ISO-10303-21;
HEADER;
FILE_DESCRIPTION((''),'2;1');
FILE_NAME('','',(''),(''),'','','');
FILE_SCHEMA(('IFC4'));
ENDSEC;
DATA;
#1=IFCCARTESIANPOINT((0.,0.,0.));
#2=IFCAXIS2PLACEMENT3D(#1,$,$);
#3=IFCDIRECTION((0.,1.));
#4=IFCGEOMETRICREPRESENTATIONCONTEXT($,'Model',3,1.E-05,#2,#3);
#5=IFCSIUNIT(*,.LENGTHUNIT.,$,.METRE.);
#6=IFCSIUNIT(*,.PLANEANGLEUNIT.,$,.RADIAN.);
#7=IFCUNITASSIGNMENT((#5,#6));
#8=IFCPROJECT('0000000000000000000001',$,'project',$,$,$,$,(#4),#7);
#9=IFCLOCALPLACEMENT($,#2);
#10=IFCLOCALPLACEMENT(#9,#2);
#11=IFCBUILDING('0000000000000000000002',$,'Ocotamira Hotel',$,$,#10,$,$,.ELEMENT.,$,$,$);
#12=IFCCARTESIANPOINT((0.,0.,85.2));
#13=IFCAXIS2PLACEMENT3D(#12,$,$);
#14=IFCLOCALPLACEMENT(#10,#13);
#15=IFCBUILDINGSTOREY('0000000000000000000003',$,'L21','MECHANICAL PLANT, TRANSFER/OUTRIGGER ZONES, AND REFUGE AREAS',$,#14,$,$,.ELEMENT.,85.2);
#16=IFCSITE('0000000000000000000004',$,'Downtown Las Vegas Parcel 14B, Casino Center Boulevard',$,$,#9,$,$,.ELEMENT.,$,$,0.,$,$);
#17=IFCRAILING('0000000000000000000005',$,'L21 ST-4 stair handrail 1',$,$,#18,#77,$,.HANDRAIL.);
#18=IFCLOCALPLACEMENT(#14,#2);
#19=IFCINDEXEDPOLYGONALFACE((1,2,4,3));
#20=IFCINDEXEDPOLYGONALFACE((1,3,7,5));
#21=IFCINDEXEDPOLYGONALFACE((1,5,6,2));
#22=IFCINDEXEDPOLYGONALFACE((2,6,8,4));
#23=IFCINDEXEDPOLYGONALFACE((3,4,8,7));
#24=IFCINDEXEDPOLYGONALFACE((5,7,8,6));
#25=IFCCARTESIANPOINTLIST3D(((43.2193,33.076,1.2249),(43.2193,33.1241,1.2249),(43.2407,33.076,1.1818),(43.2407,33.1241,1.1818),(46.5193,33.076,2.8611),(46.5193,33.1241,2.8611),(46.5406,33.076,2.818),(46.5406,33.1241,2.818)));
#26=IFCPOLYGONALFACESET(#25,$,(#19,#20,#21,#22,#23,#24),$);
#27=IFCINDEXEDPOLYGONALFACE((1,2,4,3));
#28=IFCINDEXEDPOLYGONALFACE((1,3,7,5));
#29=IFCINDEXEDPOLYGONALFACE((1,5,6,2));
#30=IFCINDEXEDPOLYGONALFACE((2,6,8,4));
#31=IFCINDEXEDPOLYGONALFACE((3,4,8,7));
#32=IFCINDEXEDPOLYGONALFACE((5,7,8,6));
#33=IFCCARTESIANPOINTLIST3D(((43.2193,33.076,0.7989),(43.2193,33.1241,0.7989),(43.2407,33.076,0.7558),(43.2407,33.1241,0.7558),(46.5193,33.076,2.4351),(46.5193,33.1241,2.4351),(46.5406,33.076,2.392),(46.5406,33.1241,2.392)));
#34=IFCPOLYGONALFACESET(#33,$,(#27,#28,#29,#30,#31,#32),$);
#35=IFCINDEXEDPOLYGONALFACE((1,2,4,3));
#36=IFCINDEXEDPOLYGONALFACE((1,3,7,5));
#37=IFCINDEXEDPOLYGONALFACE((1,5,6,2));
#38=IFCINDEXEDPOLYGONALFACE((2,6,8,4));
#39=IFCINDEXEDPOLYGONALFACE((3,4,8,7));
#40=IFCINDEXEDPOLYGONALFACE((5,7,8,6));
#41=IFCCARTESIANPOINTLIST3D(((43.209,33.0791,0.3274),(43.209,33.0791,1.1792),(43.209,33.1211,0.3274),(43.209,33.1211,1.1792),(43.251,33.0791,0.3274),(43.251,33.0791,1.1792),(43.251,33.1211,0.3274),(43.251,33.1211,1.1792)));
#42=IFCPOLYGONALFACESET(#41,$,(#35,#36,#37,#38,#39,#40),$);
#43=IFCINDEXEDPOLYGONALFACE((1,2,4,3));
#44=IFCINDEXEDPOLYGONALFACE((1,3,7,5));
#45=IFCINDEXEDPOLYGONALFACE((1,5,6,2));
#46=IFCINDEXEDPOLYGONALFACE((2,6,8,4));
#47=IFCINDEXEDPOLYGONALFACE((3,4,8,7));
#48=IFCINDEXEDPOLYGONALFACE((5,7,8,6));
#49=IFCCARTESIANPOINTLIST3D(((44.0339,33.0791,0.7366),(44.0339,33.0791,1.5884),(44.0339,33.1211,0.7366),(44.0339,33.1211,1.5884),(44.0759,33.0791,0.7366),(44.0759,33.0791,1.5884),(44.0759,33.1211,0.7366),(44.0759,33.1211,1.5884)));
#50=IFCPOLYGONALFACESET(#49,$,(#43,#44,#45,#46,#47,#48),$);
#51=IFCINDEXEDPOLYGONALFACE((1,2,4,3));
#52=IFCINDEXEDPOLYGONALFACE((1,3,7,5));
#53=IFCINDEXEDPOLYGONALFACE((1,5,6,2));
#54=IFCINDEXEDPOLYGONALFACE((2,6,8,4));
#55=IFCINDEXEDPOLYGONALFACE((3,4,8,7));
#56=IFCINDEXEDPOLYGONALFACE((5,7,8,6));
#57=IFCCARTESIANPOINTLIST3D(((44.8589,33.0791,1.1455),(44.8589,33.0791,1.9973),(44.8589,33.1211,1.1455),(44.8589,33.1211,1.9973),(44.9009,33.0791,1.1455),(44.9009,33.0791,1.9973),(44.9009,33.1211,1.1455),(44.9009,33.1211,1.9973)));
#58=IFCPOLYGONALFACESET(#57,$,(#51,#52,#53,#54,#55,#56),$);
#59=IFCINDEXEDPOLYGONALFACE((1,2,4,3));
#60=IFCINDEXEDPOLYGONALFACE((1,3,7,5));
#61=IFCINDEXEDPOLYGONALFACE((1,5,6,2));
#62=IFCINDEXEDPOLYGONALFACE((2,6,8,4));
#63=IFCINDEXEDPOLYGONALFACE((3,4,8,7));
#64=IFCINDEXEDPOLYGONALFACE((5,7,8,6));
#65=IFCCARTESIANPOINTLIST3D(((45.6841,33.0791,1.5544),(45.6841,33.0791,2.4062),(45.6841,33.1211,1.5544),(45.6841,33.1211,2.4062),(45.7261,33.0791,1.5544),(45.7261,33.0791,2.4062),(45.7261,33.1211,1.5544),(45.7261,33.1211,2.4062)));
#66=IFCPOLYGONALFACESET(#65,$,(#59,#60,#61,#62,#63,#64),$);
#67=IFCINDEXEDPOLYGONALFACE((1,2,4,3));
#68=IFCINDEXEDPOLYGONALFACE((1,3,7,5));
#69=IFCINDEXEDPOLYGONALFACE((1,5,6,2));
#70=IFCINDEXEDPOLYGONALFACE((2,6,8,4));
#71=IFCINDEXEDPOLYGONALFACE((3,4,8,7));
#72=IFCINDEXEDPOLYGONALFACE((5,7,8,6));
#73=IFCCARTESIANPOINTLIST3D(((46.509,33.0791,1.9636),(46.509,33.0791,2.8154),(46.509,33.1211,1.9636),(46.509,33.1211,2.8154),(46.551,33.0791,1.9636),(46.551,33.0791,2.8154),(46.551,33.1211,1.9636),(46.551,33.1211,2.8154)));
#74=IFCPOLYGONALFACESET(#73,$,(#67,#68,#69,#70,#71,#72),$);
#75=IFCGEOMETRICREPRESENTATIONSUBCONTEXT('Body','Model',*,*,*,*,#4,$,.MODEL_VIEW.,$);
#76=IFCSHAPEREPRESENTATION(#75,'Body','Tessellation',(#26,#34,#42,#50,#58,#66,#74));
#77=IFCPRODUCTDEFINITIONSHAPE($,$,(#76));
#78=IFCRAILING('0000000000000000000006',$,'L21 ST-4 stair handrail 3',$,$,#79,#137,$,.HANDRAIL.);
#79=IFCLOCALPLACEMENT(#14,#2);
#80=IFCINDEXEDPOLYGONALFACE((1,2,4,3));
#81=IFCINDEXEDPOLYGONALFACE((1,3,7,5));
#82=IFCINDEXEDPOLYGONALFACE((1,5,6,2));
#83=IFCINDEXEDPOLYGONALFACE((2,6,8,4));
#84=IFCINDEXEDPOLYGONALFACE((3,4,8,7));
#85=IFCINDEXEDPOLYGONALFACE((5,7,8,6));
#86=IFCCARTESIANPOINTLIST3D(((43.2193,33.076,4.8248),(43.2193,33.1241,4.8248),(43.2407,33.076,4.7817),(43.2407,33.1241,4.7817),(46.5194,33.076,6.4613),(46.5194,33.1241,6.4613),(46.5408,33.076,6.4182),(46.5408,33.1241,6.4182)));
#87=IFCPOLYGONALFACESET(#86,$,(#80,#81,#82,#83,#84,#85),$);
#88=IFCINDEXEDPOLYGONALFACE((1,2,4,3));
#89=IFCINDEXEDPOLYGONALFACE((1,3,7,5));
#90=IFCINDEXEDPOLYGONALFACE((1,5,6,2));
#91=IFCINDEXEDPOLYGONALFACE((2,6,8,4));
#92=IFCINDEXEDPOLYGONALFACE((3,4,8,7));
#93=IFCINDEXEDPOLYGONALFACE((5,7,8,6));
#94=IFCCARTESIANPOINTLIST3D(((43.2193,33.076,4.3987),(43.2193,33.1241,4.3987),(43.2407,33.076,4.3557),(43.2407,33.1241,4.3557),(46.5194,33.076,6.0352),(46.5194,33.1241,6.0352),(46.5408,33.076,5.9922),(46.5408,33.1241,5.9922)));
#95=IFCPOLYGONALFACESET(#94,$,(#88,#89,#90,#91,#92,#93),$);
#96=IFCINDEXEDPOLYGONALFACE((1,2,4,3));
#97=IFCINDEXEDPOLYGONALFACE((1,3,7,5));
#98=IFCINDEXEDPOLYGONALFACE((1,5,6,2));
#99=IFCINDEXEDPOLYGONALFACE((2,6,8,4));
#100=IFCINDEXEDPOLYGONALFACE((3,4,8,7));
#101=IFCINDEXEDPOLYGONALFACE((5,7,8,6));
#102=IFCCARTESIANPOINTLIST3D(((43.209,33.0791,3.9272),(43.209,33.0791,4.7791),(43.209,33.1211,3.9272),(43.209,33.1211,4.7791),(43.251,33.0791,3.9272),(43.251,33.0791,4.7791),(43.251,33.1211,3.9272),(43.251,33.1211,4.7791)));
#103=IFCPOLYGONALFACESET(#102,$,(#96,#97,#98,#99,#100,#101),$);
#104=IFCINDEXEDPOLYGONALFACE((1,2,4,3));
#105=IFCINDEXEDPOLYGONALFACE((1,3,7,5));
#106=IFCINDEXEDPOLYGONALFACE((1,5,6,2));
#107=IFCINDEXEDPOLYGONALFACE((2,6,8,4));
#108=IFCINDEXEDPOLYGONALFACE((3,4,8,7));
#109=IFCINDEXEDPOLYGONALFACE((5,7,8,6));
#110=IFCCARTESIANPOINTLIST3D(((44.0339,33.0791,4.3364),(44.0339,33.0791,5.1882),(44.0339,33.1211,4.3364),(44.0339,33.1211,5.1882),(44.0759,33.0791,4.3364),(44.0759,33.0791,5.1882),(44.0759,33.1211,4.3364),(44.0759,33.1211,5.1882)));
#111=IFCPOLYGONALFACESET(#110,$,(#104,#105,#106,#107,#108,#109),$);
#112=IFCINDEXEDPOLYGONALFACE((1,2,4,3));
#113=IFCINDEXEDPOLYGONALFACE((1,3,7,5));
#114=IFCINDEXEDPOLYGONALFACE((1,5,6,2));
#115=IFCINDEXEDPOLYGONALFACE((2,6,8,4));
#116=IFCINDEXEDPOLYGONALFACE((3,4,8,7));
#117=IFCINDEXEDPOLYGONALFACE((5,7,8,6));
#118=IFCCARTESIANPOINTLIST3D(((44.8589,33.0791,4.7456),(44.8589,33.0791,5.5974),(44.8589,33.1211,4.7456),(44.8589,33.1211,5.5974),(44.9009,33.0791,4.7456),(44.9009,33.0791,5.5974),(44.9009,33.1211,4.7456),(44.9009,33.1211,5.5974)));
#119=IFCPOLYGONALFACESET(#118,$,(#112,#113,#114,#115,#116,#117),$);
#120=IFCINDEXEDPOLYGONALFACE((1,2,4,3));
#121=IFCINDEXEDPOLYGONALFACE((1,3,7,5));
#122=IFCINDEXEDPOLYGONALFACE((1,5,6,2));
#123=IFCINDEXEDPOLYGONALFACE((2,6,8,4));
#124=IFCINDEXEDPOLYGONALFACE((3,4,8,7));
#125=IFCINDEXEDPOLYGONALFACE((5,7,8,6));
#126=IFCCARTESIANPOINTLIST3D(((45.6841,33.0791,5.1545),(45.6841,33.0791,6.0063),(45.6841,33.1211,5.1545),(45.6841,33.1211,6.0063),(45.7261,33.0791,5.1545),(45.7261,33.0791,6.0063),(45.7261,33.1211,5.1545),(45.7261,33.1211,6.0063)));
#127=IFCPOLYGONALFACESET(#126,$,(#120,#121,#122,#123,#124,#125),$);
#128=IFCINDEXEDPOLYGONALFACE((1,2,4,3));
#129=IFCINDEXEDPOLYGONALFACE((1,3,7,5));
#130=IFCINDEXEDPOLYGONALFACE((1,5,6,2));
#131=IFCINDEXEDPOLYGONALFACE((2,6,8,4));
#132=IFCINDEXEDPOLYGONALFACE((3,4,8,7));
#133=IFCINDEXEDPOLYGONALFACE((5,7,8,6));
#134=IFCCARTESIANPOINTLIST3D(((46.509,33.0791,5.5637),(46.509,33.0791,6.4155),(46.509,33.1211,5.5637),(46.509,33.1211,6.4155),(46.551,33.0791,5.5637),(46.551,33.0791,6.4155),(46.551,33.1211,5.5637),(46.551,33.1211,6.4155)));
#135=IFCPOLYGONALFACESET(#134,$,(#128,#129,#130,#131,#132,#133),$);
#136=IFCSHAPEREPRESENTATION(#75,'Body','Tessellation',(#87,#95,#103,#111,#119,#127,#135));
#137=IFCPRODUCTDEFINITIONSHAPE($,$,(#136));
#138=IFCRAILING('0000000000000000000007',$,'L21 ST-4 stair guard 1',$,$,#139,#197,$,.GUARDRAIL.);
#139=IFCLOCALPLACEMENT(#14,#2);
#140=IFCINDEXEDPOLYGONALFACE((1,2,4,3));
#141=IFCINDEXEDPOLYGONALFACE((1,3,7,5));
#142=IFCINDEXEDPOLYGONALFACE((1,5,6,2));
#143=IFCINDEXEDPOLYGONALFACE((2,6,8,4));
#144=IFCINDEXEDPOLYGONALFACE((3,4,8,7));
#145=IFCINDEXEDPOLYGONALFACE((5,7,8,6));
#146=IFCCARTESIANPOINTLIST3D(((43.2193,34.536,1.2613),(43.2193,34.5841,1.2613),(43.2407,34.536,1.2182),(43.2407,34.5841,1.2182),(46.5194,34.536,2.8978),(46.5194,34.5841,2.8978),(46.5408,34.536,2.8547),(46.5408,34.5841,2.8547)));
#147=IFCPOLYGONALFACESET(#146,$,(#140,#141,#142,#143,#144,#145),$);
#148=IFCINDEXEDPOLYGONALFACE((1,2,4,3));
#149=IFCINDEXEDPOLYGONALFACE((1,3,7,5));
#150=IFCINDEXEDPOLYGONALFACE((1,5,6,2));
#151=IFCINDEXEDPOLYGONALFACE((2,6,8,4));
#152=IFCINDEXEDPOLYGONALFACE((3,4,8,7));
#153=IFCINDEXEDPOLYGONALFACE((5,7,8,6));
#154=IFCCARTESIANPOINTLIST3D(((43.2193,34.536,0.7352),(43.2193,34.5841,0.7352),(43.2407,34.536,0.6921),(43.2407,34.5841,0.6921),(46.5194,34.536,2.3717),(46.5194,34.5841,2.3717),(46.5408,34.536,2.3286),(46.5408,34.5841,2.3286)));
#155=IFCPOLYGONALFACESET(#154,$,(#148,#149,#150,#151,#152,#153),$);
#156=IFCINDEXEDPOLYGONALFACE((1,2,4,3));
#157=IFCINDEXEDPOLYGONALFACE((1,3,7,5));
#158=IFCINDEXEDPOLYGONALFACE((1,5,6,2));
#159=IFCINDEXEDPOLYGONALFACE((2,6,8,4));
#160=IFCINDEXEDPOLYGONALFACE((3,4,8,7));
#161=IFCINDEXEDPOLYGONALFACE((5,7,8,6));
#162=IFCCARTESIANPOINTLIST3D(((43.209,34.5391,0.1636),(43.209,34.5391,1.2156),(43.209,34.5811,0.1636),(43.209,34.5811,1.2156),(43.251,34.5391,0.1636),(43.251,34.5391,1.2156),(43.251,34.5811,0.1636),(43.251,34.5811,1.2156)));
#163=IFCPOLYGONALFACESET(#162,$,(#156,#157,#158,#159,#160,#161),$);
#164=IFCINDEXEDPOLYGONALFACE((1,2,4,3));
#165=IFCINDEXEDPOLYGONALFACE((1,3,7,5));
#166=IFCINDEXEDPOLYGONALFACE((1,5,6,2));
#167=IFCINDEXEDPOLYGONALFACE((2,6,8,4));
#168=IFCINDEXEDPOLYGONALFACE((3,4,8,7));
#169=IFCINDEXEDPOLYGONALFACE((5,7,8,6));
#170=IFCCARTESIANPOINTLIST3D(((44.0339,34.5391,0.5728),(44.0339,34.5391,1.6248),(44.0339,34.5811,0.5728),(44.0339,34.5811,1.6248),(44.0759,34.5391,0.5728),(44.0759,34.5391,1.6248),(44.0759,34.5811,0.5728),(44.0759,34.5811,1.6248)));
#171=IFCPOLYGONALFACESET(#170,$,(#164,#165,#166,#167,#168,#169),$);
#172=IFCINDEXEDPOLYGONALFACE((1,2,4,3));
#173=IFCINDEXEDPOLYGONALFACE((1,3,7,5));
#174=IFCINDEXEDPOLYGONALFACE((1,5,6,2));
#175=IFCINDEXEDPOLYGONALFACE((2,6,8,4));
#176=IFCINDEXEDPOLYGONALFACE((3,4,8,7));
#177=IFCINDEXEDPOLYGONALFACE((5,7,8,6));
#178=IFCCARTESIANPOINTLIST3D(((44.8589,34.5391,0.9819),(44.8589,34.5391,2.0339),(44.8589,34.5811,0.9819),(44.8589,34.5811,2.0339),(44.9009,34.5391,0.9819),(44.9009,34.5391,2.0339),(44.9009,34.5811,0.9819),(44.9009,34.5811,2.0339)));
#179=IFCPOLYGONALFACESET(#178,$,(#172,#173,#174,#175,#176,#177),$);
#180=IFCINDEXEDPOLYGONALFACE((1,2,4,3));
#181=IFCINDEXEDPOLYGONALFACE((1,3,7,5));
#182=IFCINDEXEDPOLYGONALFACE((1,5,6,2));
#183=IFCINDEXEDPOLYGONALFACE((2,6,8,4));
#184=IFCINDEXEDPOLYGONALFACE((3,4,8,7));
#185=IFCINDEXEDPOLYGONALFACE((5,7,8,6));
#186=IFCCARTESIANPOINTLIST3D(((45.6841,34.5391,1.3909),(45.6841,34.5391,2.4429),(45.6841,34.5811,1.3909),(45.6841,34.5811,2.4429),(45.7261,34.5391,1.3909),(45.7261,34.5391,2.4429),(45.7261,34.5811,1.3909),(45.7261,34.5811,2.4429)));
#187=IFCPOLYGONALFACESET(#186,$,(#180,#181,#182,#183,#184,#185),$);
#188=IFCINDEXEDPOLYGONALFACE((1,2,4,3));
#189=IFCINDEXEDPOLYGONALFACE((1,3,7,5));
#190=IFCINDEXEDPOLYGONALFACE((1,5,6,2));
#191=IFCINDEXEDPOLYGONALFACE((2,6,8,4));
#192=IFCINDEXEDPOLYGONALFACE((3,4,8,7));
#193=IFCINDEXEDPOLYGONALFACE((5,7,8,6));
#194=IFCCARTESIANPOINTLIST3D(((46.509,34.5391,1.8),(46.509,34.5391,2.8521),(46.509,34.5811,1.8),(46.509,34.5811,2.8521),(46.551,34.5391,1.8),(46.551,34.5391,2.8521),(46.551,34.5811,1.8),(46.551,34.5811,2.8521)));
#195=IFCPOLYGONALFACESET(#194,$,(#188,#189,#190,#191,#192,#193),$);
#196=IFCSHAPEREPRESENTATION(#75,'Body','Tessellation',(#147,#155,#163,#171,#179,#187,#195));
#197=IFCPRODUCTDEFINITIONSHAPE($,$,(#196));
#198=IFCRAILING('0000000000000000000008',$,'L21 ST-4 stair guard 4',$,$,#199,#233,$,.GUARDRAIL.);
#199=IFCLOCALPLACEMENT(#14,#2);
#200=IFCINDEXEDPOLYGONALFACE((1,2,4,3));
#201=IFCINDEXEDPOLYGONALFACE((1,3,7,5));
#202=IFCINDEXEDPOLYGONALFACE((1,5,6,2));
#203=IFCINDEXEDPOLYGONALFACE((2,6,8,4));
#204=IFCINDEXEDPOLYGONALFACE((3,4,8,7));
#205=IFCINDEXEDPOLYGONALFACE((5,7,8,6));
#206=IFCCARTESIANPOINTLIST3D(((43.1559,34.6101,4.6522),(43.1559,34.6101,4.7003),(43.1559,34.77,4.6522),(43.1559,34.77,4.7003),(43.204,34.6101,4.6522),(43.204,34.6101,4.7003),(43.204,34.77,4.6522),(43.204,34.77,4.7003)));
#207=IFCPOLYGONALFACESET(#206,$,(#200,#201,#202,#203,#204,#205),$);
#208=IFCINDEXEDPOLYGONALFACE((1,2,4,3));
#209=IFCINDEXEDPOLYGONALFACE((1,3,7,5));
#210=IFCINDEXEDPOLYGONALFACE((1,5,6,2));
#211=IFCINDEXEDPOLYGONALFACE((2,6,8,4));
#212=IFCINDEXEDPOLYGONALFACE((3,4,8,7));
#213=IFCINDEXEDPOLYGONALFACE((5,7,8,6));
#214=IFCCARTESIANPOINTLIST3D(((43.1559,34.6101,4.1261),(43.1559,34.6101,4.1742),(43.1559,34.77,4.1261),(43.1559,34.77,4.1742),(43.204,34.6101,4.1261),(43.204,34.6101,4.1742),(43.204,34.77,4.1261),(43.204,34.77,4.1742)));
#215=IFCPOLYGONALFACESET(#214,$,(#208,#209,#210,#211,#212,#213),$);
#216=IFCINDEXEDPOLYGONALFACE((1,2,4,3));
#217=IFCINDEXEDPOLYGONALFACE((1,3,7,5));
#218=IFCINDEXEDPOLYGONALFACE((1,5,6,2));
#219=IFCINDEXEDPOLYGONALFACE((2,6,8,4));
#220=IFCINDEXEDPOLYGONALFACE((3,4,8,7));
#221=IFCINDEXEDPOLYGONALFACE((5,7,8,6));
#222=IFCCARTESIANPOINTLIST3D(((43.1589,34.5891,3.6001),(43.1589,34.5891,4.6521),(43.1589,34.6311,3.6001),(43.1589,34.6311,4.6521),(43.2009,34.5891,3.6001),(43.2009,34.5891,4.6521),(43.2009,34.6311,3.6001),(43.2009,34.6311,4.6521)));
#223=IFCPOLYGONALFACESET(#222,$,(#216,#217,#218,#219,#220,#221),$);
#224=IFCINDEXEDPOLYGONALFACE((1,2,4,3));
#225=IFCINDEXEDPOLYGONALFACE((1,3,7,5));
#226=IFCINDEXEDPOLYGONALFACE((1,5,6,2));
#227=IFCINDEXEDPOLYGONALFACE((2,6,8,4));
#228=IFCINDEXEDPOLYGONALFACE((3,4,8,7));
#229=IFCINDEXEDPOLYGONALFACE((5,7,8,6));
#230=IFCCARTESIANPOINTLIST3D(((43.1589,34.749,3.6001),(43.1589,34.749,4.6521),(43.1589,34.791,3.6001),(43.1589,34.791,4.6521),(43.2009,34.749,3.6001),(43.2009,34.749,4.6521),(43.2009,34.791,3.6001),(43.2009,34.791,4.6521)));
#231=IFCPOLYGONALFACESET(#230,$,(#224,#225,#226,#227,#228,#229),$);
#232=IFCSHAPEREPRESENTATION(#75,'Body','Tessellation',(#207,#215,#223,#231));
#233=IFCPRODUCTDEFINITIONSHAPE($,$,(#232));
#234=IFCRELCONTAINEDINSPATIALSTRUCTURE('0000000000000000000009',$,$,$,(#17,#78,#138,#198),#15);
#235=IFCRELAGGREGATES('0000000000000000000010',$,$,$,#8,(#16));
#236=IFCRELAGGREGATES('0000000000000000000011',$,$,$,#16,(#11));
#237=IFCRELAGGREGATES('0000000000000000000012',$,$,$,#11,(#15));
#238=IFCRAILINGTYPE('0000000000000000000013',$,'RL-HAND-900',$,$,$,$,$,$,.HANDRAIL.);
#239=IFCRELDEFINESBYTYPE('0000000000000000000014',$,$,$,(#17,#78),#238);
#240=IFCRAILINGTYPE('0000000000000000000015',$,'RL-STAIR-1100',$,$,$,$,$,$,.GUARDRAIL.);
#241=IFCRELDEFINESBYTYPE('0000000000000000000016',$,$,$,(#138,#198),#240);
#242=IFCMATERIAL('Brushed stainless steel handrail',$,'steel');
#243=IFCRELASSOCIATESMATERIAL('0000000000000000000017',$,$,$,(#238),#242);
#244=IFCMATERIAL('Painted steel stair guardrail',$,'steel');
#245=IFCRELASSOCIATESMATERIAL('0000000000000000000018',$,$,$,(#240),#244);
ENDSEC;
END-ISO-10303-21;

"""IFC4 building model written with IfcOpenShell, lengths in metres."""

from ifc_helpers import new_model, si_unit, direction, frame, origin, origin_2d, place, context, subcontext, project, spatial, rectangle, extrude, material, type_object, element, save


model = new_model("IFC4")

# Units and contexts
model_context = context("Model", 3, precision=1e-05, world=origin(), true_north=direction((0.0, 1.0)))
body_context = subcontext(model_context, "Body", "Model", "MODEL_VIEW")
ifc_project = project(units=[si_unit("LENGTHUNIT", "METRE"), si_unit("PLANEANGLEUNIT", "RADIAN")], contexts=[model_context])

# Site, building, storey
site_placement = place(None, origin())
site = spatial("IfcSite", under=ifc_project, at=site_placement, Name="Downtown Las Vegas Parcel 14B, Casino Center Boulevard", CompositionType="ELEMENT", RefElevation=0.0)
building_placement = place(site_placement, origin())
building = spatial("IfcBuilding", under=site, at=building_placement, Name="Ocotamira Hotel", CompositionType="ELEMENT")
storey_placement = place(building_placement, frame((0.0, 0.0, 85.2)))
storey = spatial("IfcBuildingStorey", under=building, at=storey_placement, Name="L21", Description="MECHANICAL PLANT, TRANSFER/OUTRIGGER ZONES, AND REFUGE AREAS", CompositionType="ELEMENT", Elevation=85.2)

# Railings
ifc_material_1 = material(Name="Brushed stainless steel handrail", Category="steel")
railing_type_1 = type_object("IfcRailingType", Name="RL-HAND-900", PredefinedType="HANDRAIL", material=ifc_material_1)
railing_1_placement = place(storey_placement, frame((43.23, 33.1001, 0.3274)))
element("IfcRailing", 1, at=railing_1_placement, inside=storey, type_object=railing_type_1, Name="L21 ST-4 stair handrail 1", PredefinedType="HANDRAIL", context=body_context, shape_type="SweptSolid", body=[
    extrude(rectangle(XDim=0.0481, YDim=0.0481, at=origin_2d()), frame((0.0, 0.0, 0.876), z_axis=(0.89592, 0.0, 0.444215), x_axis=(0.0, 1.0, 0.0)), (0.0, 0.0, 1.0), 3.6833),
    extrude(rectangle(XDim=0.0481, YDim=0.0481, at=origin_2d()), frame((0.0, 0.0, 0.45), z_axis=(0.89592, 0.0, 0.444215), x_axis=(0.0, 1.0, 0.0)), (0.0, 0.0, 1.0), 3.6833),
    extrude(rectangle(XDim=0.042, YDim=0.042, at=origin_2d()), origin(), (0.0, 0.0, 1.0), 0.8518),
    extrude(rectangle(XDim=0.042, YDim=0.042, at=origin_2d()), frame((0.825, 0.0, 0.4092)), (0.0, 0.0, 1.0), 0.8518),
    extrude(rectangle(XDim=0.042, YDim=0.042, at=origin_2d()), frame((1.6499, 0.0, 0.8181)), (0.0, 0.0, 1.0), 0.8518),
    extrude(rectangle(XDim=0.042, YDim=0.042, at=origin_2d()), frame((2.4751, 0.0, 1.2271)), (0.0, 0.0, 1.0), 0.8518),
    extrude(rectangle(XDim=0.042, YDim=0.042, at=origin_2d()), frame((3.3, 0.0, 1.6362)), (0.0, 0.0, 1.0), 0.8518),
])
railing_2_placement = place(storey_placement, frame((43.23, 33.1001, 3.9272)))
element("IfcRailing", 2, at=railing_2_placement, inside=storey, type_object=railing_type_1, Name="L21 ST-4 stair handrail 3", PredefinedType="HANDRAIL", context=body_context, shape_type="SweptSolid", body=[
    extrude(rectangle(XDim=0.0481, YDim=0.0481, at=origin_2d()), frame((0.0, 0.0, 0.876), z_axis=(0.895894, 0.0, 0.444268), x_axis=(0.0, 1.0, 0.0)), (0.0, 0.0, 1.0), 3.6836),
    extrude(rectangle(XDim=0.0481, YDim=0.0481, at=origin_2d()), frame((0.0, 0.0, 0.45), z_axis=(0.895894, 0.0, 0.444268), x_axis=(0.0, 1.0, 0.0)), (0.0, 0.0, 1.0), 3.6836),
    extrude(rectangle(XDim=0.042, YDim=0.042, at=origin_2d()), origin(), (0.0, 0.0, 1.0), 0.8518),
    extrude(rectangle(XDim=0.042, YDim=0.042, at=origin_2d()), frame((0.825, 0.0, 0.4092)), (0.0, 0.0, 1.0), 0.8518),
    extrude(rectangle(XDim=0.042, YDim=0.042, at=origin_2d()), frame((1.6499, 0.0, 0.8184)), (0.0, 0.0, 1.0), 0.8518),
    extrude(rectangle(XDim=0.042, YDim=0.042, at=origin_2d()), frame((2.4751, 0.0, 1.2273)), (0.0, 0.0, 1.0), 0.8518),
    extrude(rectangle(XDim=0.042, YDim=0.042, at=origin_2d()), frame((3.3, 0.0, 1.6365)), (0.0, 0.0, 1.0), 0.8518),
])
ifc_material_2 = material(Name="Painted steel stair guardrail", Category="steel")
railing_type_2 = type_object("IfcRailingType", Name="RL-STAIR-1100", PredefinedType="GUARDRAIL", material=ifc_material_2)
railing_3_placement = place(storey_placement, frame((43.23, 34.5601, 0.1636)))
element("IfcRailing", 3, at=railing_3_placement, inside=storey, type_object=railing_type_2, Name="L21 ST-4 stair guard 1", PredefinedType="GUARDRAIL", context=body_context, shape_type="SweptSolid", body=[
    extrude(rectangle(XDim=0.0481, YDim=0.0481, at=origin_2d()), frame((0.0, 0.0, 1.0762), z_axis=(0.895894, 0.0, 0.444268), x_axis=(0.0, 1.0, 0.0)), (0.0, 0.0, 1.0), 3.6836),
    extrude(rectangle(XDim=0.0481, YDim=0.0481, at=origin_2d()), frame((0.0, 0.0, 0.55), z_axis=(0.895894, 0.0, 0.444268), x_axis=(0.0, 1.0, 0.0)), (0.0, 0.0, 1.0), 3.6836),
    extrude(rectangle(XDim=0.042, YDim=0.042, at=origin_2d()), origin(), (0.0, 0.0, 1.0), 1.052),
    extrude(rectangle(XDim=0.042, YDim=0.042, at=origin_2d()), frame((0.825, 0.0, 0.4092)), (0.0, 0.0, 1.0), 1.052),
    extrude(rectangle(XDim=0.042, YDim=0.042, at=origin_2d()), frame((1.6499, 0.0, 0.8184)), (0.0, 0.0, 1.0), 1.052),
    extrude(rectangle(XDim=0.042, YDim=0.042, at=origin_2d()), frame((2.4751, 0.0, 1.2273)), (0.0, 0.0, 1.0), 1.052),
    extrude(rectangle(XDim=0.042, YDim=0.042, at=origin_2d()), frame((3.3, 0.0, 1.6365)), (0.0, 0.0, 1.0), 1.052),
])
railing_4_placement = place(storey_placement, frame((43.1799, 34.6101, 3.6001)))
element("IfcRailing", 4, at=railing_4_placement, inside=storey, type_object=railing_type_2, Name="L21 ST-4 stair guard 4", PredefinedType="GUARDRAIL", context=body_context, shape_type="SweptSolid", body=[
    extrude(rectangle(XDim=0.0481, YDim=0.0481, at=origin_2d()), frame((0.0, 0.0, 1.0762), z_axis=(0.0, 1.0, 0.0), x_axis=(-1.0, 0.0, 0.0)), (0.0, 0.0, 1.0), 0.1599),
    extrude(rectangle(XDim=0.0481, YDim=0.0481, at=origin_2d()), frame((0.0, 0.0, 0.55), z_axis=(0.0, 1.0, 0.0), x_axis=(-1.0, 0.0, 0.0)), (0.0, 0.0, 1.0), 0.1599),
    extrude(rectangle(XDim=0.042, YDim=0.042, at=origin_2d()), origin(), (0.0, 0.0, 1.0), 1.052),
    extrude(rectangle(XDim=0.042, YDim=0.042, at=origin_2d()), frame((0.0, 0.1599, 0.0)), (0.0, 0.0, 1.0), 1.052),
])

save(model, "model.ifc")
